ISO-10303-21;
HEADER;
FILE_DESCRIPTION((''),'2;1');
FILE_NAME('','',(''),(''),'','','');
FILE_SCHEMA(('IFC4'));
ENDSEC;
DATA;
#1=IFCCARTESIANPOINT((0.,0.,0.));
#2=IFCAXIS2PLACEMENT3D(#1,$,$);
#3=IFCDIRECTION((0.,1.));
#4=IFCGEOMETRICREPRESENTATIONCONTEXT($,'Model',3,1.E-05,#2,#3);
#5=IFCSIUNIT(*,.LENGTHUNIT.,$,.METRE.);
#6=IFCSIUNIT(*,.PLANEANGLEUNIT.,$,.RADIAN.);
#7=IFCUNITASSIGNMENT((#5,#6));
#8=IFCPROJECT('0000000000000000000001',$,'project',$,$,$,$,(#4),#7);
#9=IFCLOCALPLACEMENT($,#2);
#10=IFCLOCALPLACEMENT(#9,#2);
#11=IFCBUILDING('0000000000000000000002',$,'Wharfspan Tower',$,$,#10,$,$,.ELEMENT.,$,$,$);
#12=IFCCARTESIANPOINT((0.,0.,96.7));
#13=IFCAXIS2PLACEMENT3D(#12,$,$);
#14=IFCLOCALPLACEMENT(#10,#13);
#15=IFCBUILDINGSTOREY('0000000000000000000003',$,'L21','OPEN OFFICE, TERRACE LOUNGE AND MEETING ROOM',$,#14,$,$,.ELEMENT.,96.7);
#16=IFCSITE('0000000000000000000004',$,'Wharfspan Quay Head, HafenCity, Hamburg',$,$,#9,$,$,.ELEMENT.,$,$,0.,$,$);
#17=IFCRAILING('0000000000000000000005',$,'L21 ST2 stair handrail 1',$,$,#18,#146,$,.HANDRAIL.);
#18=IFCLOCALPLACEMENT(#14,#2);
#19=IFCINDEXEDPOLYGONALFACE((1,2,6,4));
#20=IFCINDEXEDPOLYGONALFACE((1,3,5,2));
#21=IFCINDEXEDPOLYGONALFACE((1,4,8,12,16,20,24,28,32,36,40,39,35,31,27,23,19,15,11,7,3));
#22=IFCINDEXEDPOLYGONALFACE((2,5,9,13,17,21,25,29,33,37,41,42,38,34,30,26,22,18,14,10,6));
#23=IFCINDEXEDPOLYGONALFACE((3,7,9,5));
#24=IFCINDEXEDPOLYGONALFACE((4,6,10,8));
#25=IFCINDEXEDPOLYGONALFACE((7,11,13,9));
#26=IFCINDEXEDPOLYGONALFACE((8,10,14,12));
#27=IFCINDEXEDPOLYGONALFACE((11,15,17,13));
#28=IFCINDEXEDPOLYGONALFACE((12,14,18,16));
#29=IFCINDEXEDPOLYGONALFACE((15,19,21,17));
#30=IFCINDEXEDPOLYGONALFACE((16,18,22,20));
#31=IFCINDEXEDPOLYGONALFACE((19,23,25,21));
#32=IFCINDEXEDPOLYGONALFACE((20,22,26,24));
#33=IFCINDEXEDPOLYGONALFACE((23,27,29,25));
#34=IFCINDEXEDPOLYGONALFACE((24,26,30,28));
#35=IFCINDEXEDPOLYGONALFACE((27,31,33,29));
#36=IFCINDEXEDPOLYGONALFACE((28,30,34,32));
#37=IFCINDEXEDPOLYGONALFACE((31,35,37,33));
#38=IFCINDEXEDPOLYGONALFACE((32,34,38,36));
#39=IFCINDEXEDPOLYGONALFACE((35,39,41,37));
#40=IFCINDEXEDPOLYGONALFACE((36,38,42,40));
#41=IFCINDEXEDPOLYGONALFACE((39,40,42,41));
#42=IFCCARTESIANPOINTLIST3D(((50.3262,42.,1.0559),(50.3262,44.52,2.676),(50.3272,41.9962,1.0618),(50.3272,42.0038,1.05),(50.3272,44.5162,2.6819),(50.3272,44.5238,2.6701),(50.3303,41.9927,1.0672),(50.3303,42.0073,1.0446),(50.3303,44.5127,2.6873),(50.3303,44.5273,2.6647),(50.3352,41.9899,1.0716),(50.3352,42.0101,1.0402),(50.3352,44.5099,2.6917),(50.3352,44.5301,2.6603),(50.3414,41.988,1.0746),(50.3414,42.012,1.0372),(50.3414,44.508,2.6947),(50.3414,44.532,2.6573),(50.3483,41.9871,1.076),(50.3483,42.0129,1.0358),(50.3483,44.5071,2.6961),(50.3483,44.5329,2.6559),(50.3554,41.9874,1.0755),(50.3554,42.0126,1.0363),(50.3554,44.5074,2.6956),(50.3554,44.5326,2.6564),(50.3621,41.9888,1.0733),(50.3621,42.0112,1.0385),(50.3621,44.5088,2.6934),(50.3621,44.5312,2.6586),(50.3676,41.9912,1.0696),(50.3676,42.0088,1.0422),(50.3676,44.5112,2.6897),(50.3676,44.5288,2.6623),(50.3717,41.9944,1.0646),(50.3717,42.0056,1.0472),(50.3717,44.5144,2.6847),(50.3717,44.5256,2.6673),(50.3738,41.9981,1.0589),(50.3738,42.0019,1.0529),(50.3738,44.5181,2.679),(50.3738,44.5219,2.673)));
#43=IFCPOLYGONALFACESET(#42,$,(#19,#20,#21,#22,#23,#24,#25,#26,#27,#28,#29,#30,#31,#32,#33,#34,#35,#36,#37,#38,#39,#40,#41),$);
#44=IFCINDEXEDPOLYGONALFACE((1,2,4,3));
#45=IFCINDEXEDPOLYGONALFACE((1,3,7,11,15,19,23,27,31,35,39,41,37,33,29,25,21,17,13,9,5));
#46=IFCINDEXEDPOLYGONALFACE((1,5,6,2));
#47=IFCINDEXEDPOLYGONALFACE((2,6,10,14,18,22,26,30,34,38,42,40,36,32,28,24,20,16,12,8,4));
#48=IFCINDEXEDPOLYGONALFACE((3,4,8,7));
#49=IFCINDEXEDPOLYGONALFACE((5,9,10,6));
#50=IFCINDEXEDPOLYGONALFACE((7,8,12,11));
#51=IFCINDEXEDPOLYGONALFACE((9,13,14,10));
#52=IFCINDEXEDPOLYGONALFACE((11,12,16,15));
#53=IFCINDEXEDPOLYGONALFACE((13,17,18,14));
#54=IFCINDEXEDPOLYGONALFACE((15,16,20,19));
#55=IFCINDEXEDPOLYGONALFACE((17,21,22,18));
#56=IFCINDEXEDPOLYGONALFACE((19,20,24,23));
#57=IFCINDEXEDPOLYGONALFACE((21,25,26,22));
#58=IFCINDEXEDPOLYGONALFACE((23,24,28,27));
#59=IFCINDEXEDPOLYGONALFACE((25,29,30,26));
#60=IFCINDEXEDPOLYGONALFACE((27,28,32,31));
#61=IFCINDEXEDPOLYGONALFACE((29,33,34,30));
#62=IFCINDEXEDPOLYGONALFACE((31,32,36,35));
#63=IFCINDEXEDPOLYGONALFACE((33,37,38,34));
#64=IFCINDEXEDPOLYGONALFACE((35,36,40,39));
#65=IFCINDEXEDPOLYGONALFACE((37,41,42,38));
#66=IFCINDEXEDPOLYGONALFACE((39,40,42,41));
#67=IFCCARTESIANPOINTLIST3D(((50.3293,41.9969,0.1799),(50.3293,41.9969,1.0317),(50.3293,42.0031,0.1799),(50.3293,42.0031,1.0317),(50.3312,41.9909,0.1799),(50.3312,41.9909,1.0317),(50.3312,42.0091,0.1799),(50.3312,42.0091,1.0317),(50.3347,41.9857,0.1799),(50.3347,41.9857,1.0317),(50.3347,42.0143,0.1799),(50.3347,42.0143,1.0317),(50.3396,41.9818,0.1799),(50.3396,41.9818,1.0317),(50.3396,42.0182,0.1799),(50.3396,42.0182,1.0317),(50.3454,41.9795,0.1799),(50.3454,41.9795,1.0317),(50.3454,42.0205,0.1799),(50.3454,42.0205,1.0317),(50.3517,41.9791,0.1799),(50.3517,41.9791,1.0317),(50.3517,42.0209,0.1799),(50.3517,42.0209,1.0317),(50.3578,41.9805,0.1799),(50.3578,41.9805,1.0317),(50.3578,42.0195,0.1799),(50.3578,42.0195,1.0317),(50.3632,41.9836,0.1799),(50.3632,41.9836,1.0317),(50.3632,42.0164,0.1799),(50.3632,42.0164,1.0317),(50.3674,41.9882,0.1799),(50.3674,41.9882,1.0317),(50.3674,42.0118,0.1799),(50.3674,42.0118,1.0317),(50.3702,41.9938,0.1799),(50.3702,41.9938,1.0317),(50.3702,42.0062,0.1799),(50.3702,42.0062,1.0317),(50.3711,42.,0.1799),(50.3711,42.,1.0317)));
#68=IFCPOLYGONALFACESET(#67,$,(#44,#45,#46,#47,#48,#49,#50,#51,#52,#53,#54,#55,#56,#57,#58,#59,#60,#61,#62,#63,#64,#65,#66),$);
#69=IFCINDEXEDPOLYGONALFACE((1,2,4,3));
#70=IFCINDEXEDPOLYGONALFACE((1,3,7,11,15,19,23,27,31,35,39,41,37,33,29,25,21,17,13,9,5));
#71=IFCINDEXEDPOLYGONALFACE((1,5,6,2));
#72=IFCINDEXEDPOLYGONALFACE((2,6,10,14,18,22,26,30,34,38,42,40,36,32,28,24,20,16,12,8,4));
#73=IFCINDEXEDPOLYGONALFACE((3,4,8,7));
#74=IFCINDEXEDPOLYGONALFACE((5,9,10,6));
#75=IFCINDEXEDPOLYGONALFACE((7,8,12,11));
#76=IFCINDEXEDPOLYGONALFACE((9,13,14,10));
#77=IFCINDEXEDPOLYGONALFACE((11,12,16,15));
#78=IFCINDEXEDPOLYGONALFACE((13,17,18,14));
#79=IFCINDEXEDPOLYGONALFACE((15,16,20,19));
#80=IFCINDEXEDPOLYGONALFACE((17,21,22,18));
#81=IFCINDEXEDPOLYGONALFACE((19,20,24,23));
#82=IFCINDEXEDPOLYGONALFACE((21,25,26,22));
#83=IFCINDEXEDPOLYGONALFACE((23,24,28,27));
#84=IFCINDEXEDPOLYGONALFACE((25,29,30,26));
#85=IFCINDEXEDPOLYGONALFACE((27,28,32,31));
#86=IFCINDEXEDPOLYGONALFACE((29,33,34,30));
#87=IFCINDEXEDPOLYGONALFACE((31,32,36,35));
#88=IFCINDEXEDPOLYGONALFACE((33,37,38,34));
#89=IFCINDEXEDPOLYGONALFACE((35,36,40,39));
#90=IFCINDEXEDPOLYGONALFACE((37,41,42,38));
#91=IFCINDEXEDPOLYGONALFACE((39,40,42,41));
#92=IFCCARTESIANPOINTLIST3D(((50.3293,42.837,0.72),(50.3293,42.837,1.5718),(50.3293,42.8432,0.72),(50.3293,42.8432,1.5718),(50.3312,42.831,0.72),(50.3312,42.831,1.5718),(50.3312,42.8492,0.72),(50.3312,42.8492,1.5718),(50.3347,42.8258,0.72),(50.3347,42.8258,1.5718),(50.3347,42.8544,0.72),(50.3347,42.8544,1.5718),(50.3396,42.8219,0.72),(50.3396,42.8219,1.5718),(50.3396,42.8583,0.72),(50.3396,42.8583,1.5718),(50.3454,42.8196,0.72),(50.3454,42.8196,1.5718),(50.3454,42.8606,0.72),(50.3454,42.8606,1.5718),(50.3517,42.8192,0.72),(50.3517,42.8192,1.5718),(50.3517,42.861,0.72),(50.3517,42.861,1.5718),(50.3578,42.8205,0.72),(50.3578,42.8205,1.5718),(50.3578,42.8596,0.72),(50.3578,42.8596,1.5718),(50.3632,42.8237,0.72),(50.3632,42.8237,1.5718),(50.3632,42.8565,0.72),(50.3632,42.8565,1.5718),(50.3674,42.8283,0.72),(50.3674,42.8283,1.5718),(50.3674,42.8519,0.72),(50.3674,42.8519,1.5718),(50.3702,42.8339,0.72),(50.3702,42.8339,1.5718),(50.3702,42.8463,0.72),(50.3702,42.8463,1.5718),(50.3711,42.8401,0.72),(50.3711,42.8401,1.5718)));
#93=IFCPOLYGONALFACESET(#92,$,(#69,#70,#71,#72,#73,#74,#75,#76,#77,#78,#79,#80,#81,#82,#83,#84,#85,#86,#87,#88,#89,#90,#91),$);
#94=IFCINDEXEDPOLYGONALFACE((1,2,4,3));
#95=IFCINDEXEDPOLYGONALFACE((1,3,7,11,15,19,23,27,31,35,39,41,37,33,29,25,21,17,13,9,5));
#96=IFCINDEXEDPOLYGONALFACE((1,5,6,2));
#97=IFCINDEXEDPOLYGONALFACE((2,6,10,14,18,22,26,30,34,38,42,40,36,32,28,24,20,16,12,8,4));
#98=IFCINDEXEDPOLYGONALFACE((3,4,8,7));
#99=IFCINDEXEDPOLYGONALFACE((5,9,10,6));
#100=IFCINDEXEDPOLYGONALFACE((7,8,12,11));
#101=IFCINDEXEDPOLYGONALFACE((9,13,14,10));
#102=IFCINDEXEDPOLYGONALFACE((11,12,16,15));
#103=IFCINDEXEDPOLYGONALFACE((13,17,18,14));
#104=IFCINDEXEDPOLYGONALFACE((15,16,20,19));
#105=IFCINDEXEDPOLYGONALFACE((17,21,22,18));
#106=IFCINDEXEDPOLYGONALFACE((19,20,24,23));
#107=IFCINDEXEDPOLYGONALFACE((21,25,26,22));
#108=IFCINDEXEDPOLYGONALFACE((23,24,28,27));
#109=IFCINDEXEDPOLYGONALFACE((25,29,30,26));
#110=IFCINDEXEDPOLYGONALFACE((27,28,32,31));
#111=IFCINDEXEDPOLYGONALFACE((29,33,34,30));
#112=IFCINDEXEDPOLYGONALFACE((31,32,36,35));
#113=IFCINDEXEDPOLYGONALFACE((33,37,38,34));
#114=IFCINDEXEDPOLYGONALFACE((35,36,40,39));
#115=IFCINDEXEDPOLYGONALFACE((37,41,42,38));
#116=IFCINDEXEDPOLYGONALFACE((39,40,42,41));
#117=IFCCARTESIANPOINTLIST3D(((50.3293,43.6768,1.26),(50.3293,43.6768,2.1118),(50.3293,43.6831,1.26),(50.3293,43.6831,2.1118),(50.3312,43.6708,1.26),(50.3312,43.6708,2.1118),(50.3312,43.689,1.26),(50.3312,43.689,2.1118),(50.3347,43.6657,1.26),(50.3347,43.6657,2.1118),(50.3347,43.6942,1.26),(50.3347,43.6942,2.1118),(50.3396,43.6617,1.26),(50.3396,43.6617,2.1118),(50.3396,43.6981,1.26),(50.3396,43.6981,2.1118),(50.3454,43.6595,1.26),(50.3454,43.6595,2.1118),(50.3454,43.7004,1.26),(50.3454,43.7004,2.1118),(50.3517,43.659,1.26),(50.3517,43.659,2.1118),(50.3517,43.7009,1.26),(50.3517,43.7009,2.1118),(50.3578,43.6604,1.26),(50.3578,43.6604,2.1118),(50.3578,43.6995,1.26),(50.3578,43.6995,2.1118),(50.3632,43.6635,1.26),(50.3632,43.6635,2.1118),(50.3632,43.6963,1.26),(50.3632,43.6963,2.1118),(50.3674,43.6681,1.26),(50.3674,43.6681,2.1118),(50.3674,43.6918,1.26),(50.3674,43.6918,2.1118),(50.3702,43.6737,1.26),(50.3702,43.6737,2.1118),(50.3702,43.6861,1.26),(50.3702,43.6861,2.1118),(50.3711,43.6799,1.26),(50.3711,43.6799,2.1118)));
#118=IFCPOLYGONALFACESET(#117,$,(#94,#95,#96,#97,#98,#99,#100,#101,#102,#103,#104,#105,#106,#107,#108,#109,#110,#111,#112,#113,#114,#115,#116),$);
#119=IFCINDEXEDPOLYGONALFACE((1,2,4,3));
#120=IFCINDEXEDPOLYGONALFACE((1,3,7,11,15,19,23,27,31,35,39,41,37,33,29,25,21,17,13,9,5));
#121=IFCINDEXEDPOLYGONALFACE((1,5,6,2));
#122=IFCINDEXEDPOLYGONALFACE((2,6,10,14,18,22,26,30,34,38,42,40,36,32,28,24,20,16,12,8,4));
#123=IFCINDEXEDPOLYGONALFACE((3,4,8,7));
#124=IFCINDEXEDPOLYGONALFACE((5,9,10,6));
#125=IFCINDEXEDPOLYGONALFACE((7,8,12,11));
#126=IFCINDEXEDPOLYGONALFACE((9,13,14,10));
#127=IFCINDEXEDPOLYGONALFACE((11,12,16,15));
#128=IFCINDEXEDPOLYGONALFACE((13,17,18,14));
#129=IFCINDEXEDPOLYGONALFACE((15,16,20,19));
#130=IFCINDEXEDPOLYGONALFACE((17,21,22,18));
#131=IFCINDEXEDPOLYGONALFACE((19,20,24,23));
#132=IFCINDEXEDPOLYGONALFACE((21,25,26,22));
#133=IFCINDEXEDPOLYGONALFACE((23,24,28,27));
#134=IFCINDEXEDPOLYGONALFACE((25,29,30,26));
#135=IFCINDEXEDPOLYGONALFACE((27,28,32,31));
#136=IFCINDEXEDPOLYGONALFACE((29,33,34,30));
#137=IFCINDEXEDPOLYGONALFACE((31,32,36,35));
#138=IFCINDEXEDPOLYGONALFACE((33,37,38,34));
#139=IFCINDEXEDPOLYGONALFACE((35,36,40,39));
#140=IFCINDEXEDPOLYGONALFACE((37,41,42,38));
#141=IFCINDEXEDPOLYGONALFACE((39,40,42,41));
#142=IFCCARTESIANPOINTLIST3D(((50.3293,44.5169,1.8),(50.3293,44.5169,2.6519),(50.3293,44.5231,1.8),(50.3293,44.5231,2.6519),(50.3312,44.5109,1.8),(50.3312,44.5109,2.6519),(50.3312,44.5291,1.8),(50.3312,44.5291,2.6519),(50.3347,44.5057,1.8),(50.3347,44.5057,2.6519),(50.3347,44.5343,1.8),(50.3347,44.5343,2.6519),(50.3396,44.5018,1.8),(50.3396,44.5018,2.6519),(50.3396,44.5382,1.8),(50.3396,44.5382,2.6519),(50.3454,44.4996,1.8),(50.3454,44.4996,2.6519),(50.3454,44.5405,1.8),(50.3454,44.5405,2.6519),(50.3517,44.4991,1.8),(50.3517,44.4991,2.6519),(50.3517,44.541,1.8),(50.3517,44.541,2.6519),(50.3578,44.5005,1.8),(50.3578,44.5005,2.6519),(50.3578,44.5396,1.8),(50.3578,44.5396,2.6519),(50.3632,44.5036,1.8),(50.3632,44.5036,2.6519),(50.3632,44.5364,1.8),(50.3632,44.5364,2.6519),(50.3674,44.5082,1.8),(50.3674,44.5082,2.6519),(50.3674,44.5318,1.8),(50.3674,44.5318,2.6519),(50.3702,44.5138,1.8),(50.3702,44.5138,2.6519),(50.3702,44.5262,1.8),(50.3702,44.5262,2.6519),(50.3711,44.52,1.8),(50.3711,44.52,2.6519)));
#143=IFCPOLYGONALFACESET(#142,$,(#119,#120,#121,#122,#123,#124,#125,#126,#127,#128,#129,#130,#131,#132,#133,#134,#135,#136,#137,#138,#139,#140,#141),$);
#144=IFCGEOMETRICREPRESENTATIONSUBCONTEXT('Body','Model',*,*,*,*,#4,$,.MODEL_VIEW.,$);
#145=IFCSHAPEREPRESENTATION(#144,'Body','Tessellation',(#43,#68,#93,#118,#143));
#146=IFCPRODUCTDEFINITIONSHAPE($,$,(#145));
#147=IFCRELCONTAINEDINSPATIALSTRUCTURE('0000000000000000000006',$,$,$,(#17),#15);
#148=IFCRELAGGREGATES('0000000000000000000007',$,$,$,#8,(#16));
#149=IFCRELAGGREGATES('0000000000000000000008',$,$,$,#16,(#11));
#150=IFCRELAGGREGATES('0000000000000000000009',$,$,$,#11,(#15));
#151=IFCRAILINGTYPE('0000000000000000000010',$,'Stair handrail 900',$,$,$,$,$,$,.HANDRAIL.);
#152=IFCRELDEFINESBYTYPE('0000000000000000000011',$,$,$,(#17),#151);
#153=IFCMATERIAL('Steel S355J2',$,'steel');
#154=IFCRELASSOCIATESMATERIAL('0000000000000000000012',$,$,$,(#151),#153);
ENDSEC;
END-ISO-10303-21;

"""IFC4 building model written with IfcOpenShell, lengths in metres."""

from ifc_helpers import new_model, si_unit, direction, frame, origin, origin_2d, place, context, subcontext, project, spatial, circle, extrude, material, type_object, element, save


model = new_model("IFC4")

# Units and contexts
model_context = context("Model", 3, precision=1e-05, world=origin(), true_north=direction((0.0, 1.0)))
body_context = subcontext(model_context, "Body", "Model", "MODEL_VIEW")
ifc_project = project(units=[si_unit("LENGTHUNIT", "METRE"), si_unit("PLANEANGLEUNIT", "RADIAN")], contexts=[model_context])

# Site, building, storey
site_placement = place(None, origin())
site = spatial("IfcSite", under=ifc_project, at=site_placement, Name="Wharfspan Quay Head, HafenCity, Hamburg", CompositionType="ELEMENT", RefElevation=0.0)
building_placement = place(site_placement, origin())
building = spatial("IfcBuilding", under=site, at=building_placement, Name="Wharfspan Tower", CompositionType="ELEMENT")
storey_placement = place(building_placement, frame((0.0, 0.0, 96.7)))
storey = spatial("IfcBuildingStorey", under=building, at=storey_placement, Name="L21", Description="OPEN OFFICE, TERRACE LOUNGE AND MEETING ROOM", CompositionType="ELEMENT", Elevation=96.7)

# Shared definitions
ifc_material_1 = material(Name="Steel S355J2", Category="steel")

# Railing
railing_type_1 = type_object("IfcRailingType", Name="Stair handrail 900", PredefinedType="HANDRAIL", material=ifc_material_1)
railing_1_placement = place(storey_placement, frame((50.3501, 42.0, 0.1799)))
element("IfcRailing", 1, at=railing_1_placement, inside=storey, type_object=railing_type_1, Name="L21 ST2 stair handrail 1", PredefinedType="HANDRAIL", context=body_context, shape_type="SweptSolid", body=[
    extrude(circle(Radius=0.0239, at=origin_2d()), frame((0.0, 0.0, 0.876), z_axis=(0.0, 0.841163, 0.540782), x_axis=(-1.0, 0.0, 0.0)), (0.0, 0.0, 1.0), 2.9958),
    extrude(circle(Radius=0.021, at=origin_2d()), origin(), (0.0, 0.0, 1.0), 0.8518),
    extrude(circle(Radius=0.021, at=origin_2d()), frame((0.0, 0.8401, 0.54)), (0.0, 0.0, 1.0), 0.8518),
    extrude(circle(Radius=0.021, at=origin_2d()), frame((0.0, 1.6799, 1.0801)), (0.0, 0.0, 1.0), 0.8518),
    extrude(circle(Radius=0.021, at=origin_2d()), frame((0.0, 2.52, 1.6201)), (0.0, 0.0, 1.0), 0.8518),
])

save(model, "model.ifc")
